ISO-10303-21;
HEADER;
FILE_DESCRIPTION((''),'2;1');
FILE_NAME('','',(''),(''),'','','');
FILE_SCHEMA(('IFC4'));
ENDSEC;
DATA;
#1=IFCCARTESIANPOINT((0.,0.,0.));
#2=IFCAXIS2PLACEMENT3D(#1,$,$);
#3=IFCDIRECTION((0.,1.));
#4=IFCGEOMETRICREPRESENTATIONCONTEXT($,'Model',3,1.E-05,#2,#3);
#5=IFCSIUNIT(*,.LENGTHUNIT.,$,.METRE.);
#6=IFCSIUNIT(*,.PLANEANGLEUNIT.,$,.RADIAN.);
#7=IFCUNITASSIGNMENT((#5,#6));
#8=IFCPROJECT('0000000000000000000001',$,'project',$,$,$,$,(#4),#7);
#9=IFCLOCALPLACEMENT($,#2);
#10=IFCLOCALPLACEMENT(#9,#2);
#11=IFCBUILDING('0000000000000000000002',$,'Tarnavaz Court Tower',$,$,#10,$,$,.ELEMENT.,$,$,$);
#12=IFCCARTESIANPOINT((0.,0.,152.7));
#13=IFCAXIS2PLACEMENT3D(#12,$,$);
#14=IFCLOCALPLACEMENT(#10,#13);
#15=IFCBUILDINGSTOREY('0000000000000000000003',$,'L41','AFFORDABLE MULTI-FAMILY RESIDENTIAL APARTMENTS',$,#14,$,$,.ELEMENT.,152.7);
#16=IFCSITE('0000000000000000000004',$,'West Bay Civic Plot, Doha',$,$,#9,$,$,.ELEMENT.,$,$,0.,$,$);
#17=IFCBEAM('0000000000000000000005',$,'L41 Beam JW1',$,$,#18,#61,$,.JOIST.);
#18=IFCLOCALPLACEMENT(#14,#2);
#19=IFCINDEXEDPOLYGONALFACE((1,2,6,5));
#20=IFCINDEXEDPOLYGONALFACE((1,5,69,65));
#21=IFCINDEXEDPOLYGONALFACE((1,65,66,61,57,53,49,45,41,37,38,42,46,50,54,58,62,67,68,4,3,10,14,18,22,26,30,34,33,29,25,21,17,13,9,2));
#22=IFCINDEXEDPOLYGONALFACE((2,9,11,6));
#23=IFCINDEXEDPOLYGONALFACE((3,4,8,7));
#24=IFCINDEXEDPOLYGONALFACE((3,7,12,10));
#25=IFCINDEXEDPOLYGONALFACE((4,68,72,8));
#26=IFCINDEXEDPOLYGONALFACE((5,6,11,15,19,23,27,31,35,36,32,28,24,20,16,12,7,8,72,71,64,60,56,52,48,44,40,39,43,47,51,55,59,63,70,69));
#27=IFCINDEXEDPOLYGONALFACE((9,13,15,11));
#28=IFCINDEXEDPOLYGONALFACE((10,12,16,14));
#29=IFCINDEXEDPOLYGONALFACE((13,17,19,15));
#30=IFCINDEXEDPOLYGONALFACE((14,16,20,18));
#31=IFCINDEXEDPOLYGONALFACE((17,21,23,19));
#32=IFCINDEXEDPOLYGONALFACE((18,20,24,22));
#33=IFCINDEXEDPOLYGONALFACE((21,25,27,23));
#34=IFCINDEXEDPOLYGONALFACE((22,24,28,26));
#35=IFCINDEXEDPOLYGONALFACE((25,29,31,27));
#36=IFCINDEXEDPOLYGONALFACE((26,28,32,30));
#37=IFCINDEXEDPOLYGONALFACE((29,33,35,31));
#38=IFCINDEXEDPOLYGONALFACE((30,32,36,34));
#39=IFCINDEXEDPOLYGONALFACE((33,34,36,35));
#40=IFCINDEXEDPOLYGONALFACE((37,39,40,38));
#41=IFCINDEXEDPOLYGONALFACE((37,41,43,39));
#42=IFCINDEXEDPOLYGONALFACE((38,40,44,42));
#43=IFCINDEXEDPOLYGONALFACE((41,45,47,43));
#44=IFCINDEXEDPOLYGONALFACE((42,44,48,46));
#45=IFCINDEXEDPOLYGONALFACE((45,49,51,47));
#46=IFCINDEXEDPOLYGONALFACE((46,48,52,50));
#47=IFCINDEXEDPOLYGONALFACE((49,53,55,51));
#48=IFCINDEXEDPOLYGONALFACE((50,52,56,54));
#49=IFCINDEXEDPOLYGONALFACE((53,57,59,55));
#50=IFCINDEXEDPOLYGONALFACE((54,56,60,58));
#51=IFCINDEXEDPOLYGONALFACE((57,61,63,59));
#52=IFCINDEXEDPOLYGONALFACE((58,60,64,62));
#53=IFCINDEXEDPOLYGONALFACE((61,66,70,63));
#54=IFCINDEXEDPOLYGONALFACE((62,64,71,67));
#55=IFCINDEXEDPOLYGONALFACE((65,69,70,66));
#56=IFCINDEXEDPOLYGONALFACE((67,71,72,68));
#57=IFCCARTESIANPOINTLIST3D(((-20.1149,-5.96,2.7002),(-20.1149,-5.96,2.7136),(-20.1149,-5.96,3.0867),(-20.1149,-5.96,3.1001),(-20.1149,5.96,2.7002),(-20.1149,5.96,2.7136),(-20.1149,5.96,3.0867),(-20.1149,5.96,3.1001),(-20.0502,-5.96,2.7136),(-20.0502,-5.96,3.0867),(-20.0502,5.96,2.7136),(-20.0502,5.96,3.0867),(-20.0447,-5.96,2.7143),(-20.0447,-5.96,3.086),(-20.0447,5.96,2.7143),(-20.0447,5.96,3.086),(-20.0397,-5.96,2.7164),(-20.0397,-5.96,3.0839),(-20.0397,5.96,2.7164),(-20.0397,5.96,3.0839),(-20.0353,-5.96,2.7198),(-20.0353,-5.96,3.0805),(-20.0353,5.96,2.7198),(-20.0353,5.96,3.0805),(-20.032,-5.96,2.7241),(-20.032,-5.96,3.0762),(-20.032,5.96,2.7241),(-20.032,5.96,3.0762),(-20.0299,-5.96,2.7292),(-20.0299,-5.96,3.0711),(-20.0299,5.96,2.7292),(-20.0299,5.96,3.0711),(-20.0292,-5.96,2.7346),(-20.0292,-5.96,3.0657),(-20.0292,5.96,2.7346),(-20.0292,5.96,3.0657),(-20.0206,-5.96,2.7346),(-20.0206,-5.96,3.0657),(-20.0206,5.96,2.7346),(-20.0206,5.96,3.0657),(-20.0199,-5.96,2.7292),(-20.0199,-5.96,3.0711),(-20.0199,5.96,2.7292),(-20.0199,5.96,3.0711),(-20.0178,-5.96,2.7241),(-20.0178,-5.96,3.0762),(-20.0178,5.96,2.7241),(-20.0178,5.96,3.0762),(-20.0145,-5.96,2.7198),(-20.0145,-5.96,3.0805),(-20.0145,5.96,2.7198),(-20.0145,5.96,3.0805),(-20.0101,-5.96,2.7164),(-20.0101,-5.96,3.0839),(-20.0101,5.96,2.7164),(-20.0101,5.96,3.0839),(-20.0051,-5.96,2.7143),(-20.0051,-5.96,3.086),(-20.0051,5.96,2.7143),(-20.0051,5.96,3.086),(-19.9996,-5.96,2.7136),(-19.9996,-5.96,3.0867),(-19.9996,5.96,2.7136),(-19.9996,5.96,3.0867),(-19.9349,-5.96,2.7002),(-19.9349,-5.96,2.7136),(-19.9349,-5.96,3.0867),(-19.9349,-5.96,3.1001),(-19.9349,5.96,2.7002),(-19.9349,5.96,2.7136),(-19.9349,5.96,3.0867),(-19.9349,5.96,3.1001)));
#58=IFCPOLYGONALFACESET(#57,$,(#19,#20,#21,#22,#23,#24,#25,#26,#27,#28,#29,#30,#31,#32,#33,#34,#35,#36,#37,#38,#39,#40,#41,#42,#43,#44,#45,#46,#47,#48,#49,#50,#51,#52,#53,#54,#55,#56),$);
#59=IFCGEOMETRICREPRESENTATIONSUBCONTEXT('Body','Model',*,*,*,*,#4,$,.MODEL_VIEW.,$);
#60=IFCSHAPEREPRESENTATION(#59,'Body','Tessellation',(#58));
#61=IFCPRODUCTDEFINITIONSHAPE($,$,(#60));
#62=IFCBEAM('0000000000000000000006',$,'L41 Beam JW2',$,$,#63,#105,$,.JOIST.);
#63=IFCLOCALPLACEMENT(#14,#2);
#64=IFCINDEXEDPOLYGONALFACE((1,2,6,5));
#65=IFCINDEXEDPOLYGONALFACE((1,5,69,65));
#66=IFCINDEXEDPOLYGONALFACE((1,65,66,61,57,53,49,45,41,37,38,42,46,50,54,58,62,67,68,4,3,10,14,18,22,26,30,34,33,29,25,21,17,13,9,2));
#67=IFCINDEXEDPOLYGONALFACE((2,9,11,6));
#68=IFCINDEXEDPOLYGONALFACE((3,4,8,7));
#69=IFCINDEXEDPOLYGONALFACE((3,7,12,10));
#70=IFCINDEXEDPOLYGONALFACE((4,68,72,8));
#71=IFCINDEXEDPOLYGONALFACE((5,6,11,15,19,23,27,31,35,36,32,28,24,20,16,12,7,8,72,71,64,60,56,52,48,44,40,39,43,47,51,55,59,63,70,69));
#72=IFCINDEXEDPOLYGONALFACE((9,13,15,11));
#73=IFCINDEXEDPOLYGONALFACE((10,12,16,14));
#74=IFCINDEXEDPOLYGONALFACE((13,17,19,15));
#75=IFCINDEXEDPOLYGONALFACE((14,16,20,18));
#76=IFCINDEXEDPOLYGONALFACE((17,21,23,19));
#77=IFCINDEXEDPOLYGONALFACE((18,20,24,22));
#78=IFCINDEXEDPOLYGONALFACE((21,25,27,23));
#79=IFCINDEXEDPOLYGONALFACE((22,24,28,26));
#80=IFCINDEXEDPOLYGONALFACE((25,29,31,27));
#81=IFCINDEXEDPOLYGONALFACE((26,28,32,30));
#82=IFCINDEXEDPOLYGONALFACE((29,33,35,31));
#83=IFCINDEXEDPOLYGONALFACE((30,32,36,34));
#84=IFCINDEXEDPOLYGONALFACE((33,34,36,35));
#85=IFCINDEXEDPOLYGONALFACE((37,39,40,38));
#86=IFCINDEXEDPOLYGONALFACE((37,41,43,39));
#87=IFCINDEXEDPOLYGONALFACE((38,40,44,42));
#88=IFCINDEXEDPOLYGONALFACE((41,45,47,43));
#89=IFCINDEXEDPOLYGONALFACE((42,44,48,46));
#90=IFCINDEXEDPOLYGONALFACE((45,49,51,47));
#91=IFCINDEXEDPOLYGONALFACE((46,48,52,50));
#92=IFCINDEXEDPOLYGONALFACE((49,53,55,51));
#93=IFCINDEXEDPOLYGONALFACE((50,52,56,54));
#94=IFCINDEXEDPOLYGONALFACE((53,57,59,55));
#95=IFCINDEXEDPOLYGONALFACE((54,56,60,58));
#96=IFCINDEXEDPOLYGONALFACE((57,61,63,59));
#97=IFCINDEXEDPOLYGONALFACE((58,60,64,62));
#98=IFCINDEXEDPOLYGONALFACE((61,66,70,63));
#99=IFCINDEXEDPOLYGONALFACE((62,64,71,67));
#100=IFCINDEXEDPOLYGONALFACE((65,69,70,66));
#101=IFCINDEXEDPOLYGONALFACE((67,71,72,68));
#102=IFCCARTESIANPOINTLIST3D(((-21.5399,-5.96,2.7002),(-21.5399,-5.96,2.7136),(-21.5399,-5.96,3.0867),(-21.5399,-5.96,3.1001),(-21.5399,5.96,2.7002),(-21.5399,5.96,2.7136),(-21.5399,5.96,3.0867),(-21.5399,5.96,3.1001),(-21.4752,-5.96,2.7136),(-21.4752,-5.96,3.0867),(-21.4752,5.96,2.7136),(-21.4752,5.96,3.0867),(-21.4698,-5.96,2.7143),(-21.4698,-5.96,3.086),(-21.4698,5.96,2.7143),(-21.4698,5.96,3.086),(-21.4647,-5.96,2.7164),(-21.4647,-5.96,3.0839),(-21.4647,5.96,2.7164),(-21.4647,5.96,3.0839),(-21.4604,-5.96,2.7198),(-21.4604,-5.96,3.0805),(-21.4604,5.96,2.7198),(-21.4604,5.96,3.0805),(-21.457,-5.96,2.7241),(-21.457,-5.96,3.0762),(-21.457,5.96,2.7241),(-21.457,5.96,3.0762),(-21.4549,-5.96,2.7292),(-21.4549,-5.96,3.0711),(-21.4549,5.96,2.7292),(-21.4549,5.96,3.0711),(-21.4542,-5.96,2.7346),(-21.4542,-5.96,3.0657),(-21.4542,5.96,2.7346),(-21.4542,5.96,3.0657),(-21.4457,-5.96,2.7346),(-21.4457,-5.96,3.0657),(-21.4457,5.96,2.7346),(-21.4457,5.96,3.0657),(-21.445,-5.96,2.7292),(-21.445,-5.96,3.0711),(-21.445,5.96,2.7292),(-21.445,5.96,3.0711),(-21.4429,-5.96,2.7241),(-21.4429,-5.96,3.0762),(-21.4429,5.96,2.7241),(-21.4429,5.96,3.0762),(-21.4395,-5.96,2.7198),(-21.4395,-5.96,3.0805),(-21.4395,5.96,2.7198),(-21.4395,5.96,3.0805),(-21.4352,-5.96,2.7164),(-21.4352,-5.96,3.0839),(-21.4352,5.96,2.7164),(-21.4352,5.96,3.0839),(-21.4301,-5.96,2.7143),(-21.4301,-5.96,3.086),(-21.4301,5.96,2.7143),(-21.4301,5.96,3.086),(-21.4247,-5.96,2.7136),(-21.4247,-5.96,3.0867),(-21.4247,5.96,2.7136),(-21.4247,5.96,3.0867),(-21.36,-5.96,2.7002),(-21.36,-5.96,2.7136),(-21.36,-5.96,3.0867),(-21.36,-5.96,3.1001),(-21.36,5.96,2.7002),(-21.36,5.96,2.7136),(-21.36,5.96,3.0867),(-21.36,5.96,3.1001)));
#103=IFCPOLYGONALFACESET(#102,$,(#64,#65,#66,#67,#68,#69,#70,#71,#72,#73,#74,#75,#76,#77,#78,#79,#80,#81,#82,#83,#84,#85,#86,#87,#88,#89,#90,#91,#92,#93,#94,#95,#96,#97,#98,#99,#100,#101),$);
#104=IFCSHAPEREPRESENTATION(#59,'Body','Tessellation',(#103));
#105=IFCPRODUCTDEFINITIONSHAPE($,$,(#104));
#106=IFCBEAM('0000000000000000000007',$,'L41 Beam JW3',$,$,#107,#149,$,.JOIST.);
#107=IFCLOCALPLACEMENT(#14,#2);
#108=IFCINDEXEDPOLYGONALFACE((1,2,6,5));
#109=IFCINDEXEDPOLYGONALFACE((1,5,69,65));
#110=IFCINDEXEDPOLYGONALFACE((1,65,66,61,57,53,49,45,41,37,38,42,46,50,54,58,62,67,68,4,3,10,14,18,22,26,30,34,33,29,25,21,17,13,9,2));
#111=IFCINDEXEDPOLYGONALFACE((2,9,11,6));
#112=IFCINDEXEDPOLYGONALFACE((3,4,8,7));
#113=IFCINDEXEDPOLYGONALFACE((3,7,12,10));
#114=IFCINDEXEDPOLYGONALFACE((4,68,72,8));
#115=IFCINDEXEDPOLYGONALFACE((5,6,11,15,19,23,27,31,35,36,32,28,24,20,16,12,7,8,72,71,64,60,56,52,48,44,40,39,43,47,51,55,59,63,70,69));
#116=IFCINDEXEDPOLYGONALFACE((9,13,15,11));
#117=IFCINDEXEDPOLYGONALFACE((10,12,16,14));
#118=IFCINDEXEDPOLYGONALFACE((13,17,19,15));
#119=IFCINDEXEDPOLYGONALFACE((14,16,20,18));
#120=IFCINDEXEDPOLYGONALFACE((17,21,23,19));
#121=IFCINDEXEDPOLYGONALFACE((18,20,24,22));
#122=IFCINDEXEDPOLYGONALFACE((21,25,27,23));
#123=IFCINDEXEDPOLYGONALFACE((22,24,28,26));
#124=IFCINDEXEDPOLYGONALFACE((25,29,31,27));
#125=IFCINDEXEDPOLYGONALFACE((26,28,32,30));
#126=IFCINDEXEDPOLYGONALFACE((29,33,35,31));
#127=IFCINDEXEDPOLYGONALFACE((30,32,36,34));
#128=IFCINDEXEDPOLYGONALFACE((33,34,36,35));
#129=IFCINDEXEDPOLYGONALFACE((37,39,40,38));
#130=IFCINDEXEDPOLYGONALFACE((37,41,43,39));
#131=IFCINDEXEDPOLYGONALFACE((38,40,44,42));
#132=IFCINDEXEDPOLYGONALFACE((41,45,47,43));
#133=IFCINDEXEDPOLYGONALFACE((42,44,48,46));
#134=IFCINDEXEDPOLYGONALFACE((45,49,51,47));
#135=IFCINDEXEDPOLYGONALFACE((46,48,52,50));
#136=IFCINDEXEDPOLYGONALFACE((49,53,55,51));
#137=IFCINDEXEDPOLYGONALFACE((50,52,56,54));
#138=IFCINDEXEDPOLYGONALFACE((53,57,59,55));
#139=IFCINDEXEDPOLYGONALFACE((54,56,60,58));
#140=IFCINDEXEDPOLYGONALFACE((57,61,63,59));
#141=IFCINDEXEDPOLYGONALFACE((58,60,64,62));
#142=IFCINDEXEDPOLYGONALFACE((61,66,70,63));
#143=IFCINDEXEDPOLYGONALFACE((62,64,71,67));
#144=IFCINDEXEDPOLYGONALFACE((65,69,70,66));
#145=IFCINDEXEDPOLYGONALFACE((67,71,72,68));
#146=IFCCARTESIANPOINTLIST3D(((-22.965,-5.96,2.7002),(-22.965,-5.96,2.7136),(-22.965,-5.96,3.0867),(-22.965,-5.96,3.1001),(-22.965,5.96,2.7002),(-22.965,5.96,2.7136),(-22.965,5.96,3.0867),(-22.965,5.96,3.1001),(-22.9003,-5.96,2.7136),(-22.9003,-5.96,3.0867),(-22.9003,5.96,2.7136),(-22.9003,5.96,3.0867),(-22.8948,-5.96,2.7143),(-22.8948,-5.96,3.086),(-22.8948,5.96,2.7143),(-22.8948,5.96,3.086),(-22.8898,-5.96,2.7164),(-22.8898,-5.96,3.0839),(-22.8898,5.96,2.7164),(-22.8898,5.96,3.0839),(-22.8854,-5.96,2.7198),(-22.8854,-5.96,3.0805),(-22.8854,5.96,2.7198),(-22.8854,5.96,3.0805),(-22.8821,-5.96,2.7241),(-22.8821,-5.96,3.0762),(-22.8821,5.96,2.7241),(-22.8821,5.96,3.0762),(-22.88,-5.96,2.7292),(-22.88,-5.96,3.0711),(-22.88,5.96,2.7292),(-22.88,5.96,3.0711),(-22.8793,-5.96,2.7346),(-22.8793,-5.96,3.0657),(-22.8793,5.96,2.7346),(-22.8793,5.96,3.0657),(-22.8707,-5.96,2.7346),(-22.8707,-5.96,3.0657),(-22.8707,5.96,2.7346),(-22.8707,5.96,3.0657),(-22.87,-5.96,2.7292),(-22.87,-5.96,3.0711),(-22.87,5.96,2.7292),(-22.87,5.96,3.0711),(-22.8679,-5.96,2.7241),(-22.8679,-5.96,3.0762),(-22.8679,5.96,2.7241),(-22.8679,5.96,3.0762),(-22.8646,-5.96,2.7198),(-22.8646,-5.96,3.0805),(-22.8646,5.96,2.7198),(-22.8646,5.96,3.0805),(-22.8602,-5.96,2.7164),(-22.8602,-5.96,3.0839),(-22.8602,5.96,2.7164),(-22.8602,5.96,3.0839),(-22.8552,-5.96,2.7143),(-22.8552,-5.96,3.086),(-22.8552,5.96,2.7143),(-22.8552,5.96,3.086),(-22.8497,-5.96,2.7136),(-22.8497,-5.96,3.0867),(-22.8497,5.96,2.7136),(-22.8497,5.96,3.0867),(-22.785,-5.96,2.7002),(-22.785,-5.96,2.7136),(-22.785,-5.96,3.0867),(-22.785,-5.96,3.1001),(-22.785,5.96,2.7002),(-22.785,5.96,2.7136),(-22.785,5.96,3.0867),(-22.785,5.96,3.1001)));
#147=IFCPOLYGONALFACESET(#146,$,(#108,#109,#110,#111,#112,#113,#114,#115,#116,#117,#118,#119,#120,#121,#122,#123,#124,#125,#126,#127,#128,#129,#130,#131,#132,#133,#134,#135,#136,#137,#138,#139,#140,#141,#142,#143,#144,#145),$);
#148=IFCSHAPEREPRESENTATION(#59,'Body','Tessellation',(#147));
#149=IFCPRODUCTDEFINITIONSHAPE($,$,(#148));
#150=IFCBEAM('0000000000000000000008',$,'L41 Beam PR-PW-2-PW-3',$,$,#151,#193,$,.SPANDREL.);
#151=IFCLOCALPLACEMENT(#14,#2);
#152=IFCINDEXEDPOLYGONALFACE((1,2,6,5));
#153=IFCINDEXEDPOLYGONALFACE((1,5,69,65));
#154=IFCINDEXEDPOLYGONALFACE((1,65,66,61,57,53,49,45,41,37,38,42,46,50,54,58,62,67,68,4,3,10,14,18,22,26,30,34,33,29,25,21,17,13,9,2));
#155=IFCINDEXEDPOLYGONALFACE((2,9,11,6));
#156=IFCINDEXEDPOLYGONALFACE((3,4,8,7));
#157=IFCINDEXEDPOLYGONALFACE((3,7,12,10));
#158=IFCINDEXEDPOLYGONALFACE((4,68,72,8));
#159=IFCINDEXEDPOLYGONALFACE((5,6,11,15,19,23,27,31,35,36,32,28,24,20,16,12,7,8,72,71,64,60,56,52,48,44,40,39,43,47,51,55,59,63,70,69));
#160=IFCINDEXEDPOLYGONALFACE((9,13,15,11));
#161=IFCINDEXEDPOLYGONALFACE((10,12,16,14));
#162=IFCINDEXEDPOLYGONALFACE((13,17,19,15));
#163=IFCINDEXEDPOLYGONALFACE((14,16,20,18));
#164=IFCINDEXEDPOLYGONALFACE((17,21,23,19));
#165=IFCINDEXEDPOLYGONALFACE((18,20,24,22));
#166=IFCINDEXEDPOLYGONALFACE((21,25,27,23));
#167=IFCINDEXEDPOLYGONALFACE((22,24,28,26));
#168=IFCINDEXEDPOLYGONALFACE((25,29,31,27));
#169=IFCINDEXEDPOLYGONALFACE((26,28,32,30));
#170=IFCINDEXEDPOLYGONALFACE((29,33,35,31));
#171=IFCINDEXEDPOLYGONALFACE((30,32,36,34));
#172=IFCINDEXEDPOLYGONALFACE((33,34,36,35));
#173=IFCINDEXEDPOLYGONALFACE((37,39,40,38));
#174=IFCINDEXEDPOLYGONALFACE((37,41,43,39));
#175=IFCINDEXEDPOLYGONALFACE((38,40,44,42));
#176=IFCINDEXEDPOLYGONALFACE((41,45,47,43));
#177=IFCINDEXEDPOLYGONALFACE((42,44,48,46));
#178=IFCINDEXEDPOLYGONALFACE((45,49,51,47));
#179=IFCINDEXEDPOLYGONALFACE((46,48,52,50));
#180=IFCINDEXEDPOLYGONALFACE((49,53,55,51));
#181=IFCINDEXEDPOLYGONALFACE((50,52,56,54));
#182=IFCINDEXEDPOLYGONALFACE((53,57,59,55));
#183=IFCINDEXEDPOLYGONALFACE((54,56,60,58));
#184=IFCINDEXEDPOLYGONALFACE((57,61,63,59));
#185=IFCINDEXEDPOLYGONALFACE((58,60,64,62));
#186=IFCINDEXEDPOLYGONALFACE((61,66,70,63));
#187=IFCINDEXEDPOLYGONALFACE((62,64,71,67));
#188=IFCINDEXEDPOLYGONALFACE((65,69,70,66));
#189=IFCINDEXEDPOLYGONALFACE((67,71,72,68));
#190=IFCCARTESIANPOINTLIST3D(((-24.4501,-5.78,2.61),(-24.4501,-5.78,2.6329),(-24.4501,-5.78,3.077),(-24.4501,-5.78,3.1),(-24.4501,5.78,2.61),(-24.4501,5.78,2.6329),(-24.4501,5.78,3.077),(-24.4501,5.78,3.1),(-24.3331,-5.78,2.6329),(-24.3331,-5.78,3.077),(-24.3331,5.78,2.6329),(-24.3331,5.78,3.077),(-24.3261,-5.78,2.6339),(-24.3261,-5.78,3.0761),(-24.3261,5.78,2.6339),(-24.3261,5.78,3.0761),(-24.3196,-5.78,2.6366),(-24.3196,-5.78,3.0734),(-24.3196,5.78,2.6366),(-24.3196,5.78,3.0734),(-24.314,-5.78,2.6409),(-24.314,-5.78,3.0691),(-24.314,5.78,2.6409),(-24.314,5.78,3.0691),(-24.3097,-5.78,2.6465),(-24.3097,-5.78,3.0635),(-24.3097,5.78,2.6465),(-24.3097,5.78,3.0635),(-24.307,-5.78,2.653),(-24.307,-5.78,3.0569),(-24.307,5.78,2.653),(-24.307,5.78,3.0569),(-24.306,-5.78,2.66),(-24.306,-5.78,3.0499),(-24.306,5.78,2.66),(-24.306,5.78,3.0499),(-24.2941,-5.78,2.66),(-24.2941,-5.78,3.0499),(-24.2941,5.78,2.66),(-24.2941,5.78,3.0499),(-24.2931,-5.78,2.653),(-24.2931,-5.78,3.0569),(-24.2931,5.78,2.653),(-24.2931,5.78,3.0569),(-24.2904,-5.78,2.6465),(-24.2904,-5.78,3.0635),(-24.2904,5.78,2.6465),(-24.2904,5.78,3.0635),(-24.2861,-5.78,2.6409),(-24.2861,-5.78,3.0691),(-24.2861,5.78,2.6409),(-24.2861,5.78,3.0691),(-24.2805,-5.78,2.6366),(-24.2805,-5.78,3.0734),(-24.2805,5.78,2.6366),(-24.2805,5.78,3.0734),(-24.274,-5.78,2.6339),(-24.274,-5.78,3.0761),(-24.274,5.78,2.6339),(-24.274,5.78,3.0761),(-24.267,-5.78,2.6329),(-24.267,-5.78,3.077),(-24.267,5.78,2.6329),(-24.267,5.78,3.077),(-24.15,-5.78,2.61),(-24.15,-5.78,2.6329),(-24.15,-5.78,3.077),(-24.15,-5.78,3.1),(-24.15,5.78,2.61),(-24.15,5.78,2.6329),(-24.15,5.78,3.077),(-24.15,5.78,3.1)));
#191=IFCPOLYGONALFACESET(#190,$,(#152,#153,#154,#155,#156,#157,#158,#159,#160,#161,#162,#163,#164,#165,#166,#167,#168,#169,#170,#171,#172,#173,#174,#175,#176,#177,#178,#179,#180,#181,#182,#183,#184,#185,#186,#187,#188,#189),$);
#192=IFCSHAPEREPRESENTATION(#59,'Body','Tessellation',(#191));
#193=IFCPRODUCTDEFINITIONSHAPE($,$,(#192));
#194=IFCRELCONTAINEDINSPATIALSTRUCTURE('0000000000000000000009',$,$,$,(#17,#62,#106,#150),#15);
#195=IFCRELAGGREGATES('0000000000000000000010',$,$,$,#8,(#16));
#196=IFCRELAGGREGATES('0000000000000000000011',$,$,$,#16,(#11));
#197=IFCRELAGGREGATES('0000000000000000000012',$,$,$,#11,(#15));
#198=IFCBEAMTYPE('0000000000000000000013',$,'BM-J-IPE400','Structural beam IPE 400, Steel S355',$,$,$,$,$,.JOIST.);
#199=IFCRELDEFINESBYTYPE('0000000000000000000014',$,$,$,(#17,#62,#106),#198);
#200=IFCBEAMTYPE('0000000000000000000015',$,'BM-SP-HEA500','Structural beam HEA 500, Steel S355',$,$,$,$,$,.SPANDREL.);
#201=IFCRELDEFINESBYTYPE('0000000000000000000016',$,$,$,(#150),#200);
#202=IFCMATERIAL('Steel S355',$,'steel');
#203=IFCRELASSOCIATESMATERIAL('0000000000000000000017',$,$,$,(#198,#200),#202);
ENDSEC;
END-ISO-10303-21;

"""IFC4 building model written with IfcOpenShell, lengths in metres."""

from ifc_helpers import new_model, si_unit, direction, frame, origin, origin_2d, place, context, subcontext, project, spatial, i_section, extrude, material, material_profile, profile_set, type_object, element, save


model = new_model("IFC4")

# Units and contexts
model_context = context("Model", 3, precision=1e-05, world=origin(), true_north=direction((0.0, 1.0)))
body_context = subcontext(model_context, "Body", "Model", "MODEL_VIEW")
ifc_project = project(units=[si_unit("LENGTHUNIT", "METRE"), si_unit("PLANEANGLEUNIT", "RADIAN")], contexts=[model_context])

# Site, building, storey
site_placement = place(None, origin())
site = spatial("IfcSite", under=ifc_project, at=site_placement, Name="West Bay Civic Plot, Doha", CompositionType="ELEMENT", RefElevation=0.0)
building_placement = place(site_placement, origin())
building = spatial("IfcBuilding", under=site, at=building_placement, Name="Tarnavaz Court Tower", CompositionType="ELEMENT")
storey_placement = place(building_placement, frame((0.0, 0.0, 152.7)))
storey = spatial("IfcBuildingStorey", under=building, at=storey_placement, Name="L41", Description="AFFORDABLE MULTI-FAMILY RESIDENTIAL APARTMENTS", CompositionType="ELEMENT", Elevation=152.7)

# Beams
ifc_material_1 = material(Name="Steel S355", Category="steel")
ifc_material_profile_1 = material_profile(ifc_material_1, i_section(OverallWidth=0.1799, OverallDepth=0.3999, WebThickness=0.0085, FlangeThickness=0.0134, FilletRadius=0.021, at=origin_2d()), Name="IPE 400")
ifc_profile_set_1 = profile_set([ifc_material_profile_1], Name="Steel S355")
beam_type_1 = type_object("IfcBeamType", Name="BM-J-IPE400", Description="Structural beam IPE 400, Steel S355", PredefinedType="JOIST", material=ifc_profile_set_1)
for number, where, z_axis, x_axis, name in (
    (1, (-20.0249, -5.96, 2.9001), (0.0, 1.0, 0.0), (-1.0, 0.0, 0.0), "L41 Beam JW1"),
    (2, (-21.45, -5.96, 2.9001), (0.0, 1.0, 0.0), (-1.0, 0.0, 0.0), "L41 Beam JW2"),
    (3, (-22.875, -5.96, 2.9001), (0.0, 1.0, 0.0), (-1.0, 0.0, 0.0), "L41 Beam JW3"),
):
    element("IfcBeam", number, at=place(storey_placement, frame(where, z_axis=z_axis, x_axis=x_axis)), inside=storey, type_object=beam_type_1, Name=name, PredefinedType="JOIST", context=body_context, shape_type="SweptSolid", body=[
        extrude(i_section(OverallWidth=0.1799, OverallDepth=0.3999, WebThickness=0.0085, FlangeThickness=0.0134, FilletRadius=0.021, at=origin_2d()), origin(), (0.0, 0.0, 1.0), 11.9199),
    ])
ifc_material_profile_2 = material_profile(ifc_material_1, i_section(OverallWidth=0.3, OverallDepth=0.49, WebThickness=0.012, FlangeThickness=0.0229, FilletRadius=0.0271, at=origin_2d()), Name="HEA 500")
ifc_profile_set_2 = profile_set([ifc_material_profile_2], Name="Steel S355")
beam_type_2 = type_object("IfcBeamType", Name="BM-SP-HEA500", Description="Structural beam HEA 500, Steel S355", PredefinedType="SPANDREL", material=ifc_profile_set_2)
beam_1_placement = place(storey_placement, frame((-24.3, -5.78, 2.855), z_axis=(0.0, 1.0, 0.0), x_axis=(-1.0, 0.0, 0.0)))
element("IfcBeam", 4, at=beam_1_placement, inside=storey, type_object=beam_type_2, Name="L41 Beam PR-PW-2-PW-3", PredefinedType="SPANDREL", context=body_context, shape_type="SweptSolid", body=[
    extrude(i_section(OverallWidth=0.3, OverallDepth=0.49, WebThickness=0.012, FlangeThickness=0.0229, FilletRadius=0.0271, at=origin_2d()), origin(), (0.0, 0.0, 1.0), 11.5601),
])

save(model, "model.ifc")
